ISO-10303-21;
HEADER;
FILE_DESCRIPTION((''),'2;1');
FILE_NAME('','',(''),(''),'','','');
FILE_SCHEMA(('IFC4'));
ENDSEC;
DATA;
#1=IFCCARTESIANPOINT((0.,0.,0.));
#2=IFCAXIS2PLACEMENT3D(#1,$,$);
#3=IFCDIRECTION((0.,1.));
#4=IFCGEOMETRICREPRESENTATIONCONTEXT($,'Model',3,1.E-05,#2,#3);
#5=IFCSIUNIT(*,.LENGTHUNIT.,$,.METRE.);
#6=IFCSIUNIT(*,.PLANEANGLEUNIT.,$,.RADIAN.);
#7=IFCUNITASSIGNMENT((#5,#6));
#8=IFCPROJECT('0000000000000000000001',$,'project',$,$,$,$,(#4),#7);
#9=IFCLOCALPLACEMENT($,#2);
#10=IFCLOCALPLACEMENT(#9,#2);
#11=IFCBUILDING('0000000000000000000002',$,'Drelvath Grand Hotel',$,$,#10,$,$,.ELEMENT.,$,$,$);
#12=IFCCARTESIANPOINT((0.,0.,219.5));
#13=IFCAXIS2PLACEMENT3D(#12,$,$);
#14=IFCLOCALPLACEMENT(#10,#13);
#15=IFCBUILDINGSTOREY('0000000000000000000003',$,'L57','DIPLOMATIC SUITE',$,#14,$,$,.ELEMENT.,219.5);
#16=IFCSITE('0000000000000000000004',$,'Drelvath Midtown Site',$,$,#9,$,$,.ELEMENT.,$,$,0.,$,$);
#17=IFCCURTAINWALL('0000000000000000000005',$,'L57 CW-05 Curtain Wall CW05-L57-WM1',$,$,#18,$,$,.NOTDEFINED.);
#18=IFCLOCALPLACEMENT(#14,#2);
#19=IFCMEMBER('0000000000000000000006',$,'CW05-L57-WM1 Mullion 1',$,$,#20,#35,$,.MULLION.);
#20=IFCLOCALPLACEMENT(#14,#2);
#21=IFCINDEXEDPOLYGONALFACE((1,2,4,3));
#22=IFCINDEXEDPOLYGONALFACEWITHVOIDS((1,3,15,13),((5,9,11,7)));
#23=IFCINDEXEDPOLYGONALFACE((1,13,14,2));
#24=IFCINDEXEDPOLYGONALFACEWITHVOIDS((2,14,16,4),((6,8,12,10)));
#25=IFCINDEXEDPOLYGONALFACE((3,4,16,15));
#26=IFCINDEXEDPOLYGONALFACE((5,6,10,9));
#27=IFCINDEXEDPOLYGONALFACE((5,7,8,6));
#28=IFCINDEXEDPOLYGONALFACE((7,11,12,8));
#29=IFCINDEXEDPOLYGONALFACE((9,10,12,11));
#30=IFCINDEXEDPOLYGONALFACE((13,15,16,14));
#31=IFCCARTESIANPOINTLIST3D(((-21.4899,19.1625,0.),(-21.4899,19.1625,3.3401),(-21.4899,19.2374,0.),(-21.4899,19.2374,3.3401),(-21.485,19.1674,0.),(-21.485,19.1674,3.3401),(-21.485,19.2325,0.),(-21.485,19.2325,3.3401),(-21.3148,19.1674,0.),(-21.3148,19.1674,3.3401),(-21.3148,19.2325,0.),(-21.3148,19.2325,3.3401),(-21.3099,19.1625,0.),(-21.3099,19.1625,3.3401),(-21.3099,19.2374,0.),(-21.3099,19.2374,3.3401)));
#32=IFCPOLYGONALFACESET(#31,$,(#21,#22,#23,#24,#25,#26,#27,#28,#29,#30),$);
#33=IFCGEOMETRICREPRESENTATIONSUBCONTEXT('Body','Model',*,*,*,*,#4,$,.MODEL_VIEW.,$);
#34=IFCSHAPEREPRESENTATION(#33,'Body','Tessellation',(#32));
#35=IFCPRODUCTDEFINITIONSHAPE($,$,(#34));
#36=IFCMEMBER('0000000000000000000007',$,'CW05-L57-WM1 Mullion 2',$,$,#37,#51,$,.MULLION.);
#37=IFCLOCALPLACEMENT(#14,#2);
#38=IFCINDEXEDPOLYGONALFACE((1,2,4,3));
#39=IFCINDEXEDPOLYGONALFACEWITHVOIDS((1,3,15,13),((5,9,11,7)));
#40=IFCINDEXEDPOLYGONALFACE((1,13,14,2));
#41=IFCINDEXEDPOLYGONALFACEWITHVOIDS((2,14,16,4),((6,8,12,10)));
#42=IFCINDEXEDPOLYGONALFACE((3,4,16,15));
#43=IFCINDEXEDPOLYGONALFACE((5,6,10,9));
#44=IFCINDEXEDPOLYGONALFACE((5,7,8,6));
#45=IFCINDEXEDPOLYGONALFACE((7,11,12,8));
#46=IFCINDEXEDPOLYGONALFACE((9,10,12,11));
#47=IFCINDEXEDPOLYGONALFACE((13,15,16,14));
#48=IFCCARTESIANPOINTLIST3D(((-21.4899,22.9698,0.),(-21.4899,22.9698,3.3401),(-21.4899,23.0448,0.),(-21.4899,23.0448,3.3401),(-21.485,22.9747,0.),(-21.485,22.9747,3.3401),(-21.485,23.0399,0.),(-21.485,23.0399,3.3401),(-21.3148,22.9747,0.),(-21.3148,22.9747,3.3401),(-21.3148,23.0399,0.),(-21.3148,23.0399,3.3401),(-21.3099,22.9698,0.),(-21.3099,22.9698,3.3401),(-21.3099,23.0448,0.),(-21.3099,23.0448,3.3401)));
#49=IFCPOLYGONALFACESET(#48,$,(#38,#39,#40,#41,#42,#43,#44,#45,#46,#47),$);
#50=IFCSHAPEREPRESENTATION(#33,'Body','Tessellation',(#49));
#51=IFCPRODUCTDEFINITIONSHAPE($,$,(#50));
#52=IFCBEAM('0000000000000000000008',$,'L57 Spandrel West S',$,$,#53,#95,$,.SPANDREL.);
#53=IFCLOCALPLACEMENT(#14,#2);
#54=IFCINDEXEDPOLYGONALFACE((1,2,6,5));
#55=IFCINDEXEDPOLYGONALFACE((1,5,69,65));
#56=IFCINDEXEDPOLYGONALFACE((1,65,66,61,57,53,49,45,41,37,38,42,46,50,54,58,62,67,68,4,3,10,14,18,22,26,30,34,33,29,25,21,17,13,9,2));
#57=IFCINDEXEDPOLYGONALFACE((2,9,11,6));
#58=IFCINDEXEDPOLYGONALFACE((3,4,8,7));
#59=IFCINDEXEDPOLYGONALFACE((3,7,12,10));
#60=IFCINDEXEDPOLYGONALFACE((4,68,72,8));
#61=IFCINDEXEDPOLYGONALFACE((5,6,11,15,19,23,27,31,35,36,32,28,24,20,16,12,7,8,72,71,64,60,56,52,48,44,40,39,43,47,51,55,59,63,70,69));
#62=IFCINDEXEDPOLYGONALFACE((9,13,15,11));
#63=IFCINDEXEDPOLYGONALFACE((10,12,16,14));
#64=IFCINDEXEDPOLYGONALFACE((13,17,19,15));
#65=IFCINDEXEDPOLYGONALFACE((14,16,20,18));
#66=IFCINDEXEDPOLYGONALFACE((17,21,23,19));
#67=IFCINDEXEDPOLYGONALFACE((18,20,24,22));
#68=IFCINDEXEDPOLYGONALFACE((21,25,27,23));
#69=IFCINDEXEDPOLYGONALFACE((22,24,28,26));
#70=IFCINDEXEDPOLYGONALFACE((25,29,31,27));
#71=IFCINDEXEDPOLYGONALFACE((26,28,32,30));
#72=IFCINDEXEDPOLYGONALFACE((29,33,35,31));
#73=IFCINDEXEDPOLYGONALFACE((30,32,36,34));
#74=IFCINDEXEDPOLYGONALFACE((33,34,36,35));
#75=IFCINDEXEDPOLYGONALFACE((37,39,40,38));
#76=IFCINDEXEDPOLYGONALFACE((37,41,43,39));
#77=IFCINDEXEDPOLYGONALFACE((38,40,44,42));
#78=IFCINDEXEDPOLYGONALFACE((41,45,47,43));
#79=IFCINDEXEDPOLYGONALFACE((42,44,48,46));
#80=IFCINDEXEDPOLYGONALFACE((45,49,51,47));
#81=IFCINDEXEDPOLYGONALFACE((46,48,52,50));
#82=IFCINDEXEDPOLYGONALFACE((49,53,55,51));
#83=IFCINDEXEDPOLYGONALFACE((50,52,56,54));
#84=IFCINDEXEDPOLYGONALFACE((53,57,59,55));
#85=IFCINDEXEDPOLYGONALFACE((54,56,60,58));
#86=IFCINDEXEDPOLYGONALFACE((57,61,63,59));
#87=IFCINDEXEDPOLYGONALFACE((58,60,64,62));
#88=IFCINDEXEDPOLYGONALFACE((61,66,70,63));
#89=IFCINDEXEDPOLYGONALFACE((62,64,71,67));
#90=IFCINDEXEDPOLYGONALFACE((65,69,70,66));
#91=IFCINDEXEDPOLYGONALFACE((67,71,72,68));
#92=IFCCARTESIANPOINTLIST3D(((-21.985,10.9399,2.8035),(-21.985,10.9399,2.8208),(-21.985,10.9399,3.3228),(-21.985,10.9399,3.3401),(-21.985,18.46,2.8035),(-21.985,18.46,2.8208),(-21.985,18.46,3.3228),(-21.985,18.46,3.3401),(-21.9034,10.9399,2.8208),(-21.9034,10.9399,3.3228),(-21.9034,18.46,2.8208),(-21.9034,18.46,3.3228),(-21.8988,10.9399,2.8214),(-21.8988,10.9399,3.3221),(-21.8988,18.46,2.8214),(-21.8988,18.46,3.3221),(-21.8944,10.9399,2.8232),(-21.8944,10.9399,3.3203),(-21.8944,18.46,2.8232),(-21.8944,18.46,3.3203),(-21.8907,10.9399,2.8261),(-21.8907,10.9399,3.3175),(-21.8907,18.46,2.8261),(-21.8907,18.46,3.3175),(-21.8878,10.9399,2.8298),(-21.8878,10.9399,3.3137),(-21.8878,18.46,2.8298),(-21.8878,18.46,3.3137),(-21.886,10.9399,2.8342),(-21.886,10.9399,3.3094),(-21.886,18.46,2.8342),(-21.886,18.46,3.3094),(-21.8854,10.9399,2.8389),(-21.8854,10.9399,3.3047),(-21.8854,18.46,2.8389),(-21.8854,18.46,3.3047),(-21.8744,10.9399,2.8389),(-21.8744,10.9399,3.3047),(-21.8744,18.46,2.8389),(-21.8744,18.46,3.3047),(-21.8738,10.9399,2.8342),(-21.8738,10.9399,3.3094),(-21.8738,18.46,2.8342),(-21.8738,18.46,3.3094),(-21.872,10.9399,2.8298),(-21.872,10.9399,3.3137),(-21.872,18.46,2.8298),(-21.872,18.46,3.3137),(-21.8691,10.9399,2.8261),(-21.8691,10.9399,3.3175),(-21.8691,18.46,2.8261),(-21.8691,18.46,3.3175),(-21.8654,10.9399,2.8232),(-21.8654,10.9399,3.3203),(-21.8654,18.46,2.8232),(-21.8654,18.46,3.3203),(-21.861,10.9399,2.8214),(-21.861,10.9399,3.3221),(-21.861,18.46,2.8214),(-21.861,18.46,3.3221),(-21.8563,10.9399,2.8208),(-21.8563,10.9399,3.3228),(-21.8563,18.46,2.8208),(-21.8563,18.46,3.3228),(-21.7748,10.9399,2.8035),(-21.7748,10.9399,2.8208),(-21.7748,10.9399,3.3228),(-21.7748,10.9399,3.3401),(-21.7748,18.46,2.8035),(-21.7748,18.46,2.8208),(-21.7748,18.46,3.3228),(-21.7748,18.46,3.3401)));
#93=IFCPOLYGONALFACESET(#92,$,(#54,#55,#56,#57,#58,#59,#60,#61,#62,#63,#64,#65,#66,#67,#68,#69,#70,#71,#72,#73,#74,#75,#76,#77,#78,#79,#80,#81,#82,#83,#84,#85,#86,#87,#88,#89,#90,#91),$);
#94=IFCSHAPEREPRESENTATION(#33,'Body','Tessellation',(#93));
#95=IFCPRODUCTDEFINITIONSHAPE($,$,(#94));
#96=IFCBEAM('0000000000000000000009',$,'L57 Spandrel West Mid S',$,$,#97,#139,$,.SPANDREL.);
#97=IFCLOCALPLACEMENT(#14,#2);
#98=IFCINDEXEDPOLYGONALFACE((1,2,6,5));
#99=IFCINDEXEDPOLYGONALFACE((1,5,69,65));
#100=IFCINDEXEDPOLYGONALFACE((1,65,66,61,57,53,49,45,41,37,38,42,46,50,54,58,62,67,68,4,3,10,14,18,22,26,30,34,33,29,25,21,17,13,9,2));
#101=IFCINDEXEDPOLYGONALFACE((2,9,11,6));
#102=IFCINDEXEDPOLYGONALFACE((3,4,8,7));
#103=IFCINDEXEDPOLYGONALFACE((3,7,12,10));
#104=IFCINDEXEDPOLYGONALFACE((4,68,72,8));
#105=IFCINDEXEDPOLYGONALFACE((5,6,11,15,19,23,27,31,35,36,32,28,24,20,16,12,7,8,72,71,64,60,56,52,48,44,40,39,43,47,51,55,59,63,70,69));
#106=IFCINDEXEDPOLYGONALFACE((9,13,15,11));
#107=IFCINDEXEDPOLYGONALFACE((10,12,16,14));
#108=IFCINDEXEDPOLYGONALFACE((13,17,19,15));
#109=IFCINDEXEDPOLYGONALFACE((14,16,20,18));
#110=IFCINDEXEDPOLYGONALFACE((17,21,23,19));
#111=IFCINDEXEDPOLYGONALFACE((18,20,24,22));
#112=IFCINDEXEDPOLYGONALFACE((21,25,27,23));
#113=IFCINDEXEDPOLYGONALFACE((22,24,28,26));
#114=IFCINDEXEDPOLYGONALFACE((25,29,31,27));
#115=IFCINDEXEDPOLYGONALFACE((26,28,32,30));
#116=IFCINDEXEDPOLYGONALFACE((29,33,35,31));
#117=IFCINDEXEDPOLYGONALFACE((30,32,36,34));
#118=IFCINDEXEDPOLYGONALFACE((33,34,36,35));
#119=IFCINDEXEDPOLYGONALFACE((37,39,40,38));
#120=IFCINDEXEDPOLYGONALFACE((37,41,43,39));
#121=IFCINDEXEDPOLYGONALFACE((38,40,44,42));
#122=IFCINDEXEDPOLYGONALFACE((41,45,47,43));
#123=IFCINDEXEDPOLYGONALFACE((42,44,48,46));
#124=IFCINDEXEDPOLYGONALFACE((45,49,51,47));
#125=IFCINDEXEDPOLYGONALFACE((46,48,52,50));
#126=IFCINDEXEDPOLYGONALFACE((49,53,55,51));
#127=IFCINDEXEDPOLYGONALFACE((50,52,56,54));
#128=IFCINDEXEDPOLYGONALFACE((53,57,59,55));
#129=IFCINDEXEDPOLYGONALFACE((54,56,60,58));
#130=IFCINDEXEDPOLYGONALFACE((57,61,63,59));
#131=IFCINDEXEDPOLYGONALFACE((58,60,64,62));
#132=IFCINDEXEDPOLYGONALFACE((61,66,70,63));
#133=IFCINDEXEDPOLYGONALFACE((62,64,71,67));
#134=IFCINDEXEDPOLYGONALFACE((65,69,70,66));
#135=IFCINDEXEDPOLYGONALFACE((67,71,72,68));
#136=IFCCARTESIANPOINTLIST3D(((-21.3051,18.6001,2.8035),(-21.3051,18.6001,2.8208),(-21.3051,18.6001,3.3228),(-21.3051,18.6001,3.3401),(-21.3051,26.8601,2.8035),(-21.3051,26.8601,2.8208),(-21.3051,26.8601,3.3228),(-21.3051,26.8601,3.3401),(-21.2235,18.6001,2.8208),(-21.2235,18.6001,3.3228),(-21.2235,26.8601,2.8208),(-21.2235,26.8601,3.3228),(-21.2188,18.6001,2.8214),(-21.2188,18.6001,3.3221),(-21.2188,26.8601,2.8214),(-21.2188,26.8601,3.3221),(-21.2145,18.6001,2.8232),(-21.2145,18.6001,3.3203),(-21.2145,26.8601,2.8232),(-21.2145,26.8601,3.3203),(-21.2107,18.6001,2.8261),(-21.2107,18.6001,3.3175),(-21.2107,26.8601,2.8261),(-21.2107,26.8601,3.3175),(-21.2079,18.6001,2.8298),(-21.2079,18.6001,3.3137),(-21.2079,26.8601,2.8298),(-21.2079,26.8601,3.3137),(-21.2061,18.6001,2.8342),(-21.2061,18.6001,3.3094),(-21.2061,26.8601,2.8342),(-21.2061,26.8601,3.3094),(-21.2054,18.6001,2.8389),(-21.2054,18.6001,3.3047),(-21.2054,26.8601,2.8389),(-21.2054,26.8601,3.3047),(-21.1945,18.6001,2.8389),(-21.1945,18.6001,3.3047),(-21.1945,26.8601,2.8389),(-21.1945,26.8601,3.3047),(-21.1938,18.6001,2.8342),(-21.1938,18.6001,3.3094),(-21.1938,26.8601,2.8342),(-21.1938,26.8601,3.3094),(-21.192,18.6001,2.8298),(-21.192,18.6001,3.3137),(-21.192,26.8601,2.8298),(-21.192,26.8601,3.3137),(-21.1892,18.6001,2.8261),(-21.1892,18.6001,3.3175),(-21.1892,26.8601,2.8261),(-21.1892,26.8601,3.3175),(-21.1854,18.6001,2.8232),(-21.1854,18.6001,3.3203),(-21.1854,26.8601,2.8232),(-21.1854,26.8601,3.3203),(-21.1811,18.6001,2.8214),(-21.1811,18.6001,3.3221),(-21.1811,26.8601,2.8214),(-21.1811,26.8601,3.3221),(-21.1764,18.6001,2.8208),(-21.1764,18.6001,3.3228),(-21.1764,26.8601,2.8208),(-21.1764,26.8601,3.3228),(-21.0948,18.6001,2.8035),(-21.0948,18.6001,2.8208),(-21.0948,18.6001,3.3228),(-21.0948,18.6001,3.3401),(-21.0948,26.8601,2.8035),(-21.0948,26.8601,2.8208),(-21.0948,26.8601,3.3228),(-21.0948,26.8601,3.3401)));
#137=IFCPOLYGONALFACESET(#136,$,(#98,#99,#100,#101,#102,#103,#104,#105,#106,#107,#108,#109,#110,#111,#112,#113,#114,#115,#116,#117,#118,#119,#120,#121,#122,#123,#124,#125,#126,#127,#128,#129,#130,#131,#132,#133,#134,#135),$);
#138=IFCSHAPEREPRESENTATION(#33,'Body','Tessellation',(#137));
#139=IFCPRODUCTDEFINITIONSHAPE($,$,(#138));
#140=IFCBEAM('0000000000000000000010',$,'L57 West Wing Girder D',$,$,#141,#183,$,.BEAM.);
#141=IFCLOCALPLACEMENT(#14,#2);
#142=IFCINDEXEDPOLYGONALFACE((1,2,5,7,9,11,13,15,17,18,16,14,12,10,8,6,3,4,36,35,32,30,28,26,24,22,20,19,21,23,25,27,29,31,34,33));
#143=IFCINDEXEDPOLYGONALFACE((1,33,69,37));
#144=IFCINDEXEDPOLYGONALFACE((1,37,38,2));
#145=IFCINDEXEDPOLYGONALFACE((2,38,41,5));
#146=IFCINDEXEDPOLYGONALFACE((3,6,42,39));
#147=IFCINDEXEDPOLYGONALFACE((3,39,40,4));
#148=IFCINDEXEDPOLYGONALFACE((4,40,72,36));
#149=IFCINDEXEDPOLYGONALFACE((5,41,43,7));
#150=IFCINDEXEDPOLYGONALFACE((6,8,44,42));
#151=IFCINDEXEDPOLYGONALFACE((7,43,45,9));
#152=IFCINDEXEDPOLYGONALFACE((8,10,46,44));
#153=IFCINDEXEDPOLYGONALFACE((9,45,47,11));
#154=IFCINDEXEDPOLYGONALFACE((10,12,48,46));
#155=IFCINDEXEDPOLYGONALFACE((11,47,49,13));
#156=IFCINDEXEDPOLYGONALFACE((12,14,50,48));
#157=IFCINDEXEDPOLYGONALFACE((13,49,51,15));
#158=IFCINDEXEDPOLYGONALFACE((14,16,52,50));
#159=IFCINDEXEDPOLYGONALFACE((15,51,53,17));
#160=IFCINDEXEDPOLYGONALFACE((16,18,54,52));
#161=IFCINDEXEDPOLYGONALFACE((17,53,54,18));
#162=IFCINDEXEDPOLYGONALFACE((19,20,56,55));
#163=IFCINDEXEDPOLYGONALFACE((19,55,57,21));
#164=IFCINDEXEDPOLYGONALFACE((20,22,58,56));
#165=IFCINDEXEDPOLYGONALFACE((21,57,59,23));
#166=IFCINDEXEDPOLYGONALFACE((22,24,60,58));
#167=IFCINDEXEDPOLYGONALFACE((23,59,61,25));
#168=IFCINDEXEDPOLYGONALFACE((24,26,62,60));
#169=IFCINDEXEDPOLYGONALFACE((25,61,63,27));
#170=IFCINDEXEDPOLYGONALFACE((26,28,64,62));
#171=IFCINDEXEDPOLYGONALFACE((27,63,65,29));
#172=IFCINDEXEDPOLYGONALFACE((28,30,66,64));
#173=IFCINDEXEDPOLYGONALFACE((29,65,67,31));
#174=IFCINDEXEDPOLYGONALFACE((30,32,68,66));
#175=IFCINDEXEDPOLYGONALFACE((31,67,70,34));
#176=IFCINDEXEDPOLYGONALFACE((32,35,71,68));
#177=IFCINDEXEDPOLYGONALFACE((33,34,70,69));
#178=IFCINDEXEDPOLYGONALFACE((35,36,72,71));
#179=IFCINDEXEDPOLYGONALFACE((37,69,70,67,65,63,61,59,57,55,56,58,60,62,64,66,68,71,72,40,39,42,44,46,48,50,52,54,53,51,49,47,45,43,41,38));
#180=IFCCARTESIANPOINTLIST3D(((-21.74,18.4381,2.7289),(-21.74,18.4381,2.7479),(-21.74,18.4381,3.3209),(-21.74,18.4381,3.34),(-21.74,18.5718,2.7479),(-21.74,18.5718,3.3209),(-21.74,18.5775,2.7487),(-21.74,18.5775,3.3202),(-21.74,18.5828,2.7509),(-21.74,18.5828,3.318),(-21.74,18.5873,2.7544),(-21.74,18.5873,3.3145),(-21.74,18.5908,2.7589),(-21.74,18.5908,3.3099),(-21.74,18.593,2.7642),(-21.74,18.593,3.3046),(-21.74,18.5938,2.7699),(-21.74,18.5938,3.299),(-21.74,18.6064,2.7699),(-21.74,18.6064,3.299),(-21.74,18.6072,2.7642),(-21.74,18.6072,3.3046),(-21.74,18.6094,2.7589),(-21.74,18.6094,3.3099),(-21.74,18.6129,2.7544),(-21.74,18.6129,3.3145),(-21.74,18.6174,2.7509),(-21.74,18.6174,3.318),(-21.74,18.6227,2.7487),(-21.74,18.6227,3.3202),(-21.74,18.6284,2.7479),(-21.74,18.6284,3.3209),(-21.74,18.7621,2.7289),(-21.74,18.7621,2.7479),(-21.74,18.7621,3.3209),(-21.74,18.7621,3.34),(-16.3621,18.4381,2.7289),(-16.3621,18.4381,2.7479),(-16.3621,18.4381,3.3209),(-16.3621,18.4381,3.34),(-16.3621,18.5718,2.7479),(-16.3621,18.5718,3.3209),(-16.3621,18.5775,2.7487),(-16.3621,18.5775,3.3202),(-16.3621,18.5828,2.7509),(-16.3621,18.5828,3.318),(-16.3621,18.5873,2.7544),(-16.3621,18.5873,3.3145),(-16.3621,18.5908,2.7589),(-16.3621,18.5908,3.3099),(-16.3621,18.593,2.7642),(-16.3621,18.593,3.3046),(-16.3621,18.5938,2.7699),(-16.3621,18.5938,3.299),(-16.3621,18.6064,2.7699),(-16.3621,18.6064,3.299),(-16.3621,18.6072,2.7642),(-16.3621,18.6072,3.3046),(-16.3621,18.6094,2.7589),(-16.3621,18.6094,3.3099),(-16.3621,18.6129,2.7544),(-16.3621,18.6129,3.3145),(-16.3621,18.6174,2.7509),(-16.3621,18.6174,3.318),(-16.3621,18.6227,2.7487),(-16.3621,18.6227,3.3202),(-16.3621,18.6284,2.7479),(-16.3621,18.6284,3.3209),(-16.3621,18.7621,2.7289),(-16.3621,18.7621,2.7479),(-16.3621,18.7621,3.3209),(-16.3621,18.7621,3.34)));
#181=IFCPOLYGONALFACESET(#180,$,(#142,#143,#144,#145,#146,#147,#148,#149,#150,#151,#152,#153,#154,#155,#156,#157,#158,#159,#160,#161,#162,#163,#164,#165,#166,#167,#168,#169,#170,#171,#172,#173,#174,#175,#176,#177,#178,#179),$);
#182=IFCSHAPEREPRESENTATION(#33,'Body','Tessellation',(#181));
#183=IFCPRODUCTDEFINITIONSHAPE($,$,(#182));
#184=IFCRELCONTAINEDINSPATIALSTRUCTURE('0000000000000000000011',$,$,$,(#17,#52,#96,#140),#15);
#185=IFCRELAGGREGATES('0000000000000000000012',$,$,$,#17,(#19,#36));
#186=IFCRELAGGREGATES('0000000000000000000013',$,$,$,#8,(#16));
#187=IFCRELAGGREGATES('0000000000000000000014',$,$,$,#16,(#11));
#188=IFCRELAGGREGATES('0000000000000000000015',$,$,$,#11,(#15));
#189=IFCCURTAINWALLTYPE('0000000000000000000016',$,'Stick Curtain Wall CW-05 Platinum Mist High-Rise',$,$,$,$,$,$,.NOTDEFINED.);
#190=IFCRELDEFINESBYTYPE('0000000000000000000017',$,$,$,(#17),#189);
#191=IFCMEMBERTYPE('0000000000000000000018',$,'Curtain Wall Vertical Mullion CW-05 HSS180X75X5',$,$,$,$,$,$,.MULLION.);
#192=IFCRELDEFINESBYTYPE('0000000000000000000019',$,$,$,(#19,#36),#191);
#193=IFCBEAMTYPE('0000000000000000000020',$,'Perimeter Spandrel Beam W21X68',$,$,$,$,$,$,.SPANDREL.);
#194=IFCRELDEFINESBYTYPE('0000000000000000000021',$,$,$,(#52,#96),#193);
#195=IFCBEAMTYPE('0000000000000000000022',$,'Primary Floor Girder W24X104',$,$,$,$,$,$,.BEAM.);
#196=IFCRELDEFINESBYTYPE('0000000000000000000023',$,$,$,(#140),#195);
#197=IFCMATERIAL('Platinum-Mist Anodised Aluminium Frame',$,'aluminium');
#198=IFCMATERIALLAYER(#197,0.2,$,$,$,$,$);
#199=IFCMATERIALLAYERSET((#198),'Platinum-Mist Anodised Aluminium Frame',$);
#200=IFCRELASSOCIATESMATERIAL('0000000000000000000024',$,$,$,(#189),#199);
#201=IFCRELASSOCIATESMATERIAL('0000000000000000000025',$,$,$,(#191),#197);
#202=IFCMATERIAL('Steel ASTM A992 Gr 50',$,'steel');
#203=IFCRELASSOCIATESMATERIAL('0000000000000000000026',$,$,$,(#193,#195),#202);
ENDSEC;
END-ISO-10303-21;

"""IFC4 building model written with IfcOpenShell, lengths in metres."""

from ifc_helpers import new_model, si_unit, direction, frame, origin, origin_2d, place, context, subcontext, project, spatial, hollow_rectangle, i_section, extrude, material, layer, layer_set, material_profile, profile_set, type_object, element, aggregate, save


model = new_model("IFC4")

# Units and contexts
model_context = context("Model", 3, precision=1e-05, world=origin(), true_north=direction((0.0, 1.0)))
body_context = subcontext(model_context, "Body", "Model", "MODEL_VIEW")
ifc_project = project(units=[si_unit("LENGTHUNIT", "METRE"), si_unit("PLANEANGLEUNIT", "RADIAN")], contexts=[model_context])

# Site, building, storey
site_placement = place(None, origin())
site = spatial("IfcSite", under=ifc_project, at=site_placement, Name="Drelvath Midtown Site", CompositionType="ELEMENT", RefElevation=0.0)
building_placement = place(site_placement, origin())
building = spatial("IfcBuilding", under=site, at=building_placement, Name="Drelvath Grand Hotel", CompositionType="ELEMENT")
storey_placement = place(building_placement, frame((0.0, 0.0, 219.5)))
storey = spatial("IfcBuildingStorey", under=building, at=storey_placement, Name="L57", Description="DIPLOMATIC SUITE", CompositionType="ELEMENT", Elevation=219.5)

# Shared definitions
ifc_material_1 = material(Name="Steel ASTM A992 Gr 50", Category="steel")

# Curtain wall
ifc_material_2 = material(Name="Platinum-Mist Anodised Aluminium Frame", Category="aluminium")
ifc_layer_1 = layer(ifc_material_2, 0.2)
ifc_layer_set_1 = layer_set([ifc_layer_1], Name="Platinum-Mist Anodised Aluminium Frame")
curtain_wall_type = type_object("IfcCurtainWallType", Name="Stick Curtain Wall CW-05 Platinum Mist High-Rise", PredefinedType="NOTDEFINED", material=ifc_layer_set_1)
curtain_wall_1_placement = place(storey_placement, origin())
curtain_wall_1 = element("IfcCurtainWall", 1, at=curtain_wall_1_placement, inside=storey, type_object=curtain_wall_type, Name="L57 CW-05 Curtain Wall CW05-L57-WM1", PredefinedType="NOTDEFINED")

# Members
ifc_material_profile_1 = material_profile(ifc_material_2, hollow_rectangle(XDim=0.075, YDim=0.1799, WallThickness=0.0049, at=origin_2d()), Name="HSS180X75X5")
ifc_profile_set_1 = profile_set([ifc_material_profile_1], Name="Platinum-Mist Anodised Aluminium Frame")
member_type_1 = type_object("IfcMemberType", Name="Curtain Wall Vertical Mullion CW-05 HSS180X75X5", PredefinedType="MULLION", material=ifc_profile_set_1)
member_1_placement = place(storey_placement, frame((-21.3999, 19.2, 0.0), z_axis=(0.0, 0.0, 1.0), x_axis=(0.0, 1.0, 0.0)))
member_1 = element("IfcMember", 2, at=member_1_placement, type_object=member_type_1, Name="CW05-L57-WM1 Mullion 1", PredefinedType="MULLION", context=body_context, shape_type="SweptSolid", body=[
    extrude(hollow_rectangle(XDim=0.075, YDim=0.1799, WallThickness=0.0049, at=origin_2d()), origin(), (0.0, 0.0, 1.0), 3.3401),
])
member_2_placement = place(storey_placement, frame((-21.3999, 23.0073, 0.0), z_axis=(0.0, 0.0, 1.0), x_axis=(0.0, 1.0, 0.0)))
member_2 = element("IfcMember", 3, at=member_2_placement, type_object=member_type_1, Name="CW05-L57-WM1 Mullion 2", PredefinedType="MULLION", context=body_context, shape_type="SweptSolid", body=[
    extrude(hollow_rectangle(XDim=0.075, YDim=0.1799, WallThickness=0.0049, at=origin_2d()), origin(), (0.0, 0.0, 1.0), 3.3401),
])

# Beams
ifc_material_profile_2 = material_profile(ifc_material_1, i_section(OverallWidth=0.2102, OverallDepth=0.5366, WebThickness=0.011, FlangeThickness=0.0173, FilletRadius=0.0181, at=origin_2d()), Name="W21X68")
ifc_profile_set_2 = profile_set([ifc_material_profile_2], Name="Steel ASTM A992 Gr 50")
beam_type_1 = type_object("IfcBeamType", Name="Perimeter Spandrel Beam W21X68", PredefinedType="SPANDREL", material=ifc_profile_set_2)
beam_1_placement = place(storey_placement, frame((-21.8799, 10.9399, 3.0718), z_axis=(0.0, 1.0, 0.0), x_axis=(-1.0, 0.0, 0.0)))
element("IfcBeam", 4, at=beam_1_placement, inside=storey, type_object=beam_type_1, Name="L57 Spandrel West S", PredefinedType="SPANDREL", context=body_context, shape_type="SweptSolid", body=[
    extrude(i_section(OverallWidth=0.2102, OverallDepth=0.5366, WebThickness=0.011, FlangeThickness=0.0173, FilletRadius=0.0181, at=origin_2d()), origin(), (0.0, 0.0, 1.0), 7.52),
])
beam_2_placement = place(storey_placement, frame((-21.2, 18.6001, 3.0718), z_axis=(0.0, 1.0, 0.0), x_axis=(-1.0, 0.0, 0.0)))
element("IfcBeam", 5, at=beam_2_placement, inside=storey, type_object=beam_type_1, Name="L57 Spandrel West Mid S", PredefinedType="SPANDREL", context=body_context, shape_type="SweptSolid", body=[
    extrude(i_section(OverallWidth=0.2102, OverallDepth=0.5366, WebThickness=0.011, FlangeThickness=0.0173, FilletRadius=0.0181, at=origin_2d()), origin(), (0.0, 0.0, 1.0), 8.26),
])
ifc_material_profile_3 = material_profile(ifc_material_1, i_section(OverallWidth=0.324, OverallDepth=0.6111, WebThickness=0.0127, FlangeThickness=0.019, FilletRadius=0.022, at=origin_2d()), Name="W24X104")
ifc_profile_set_3 = profile_set([ifc_material_profile_3], Name="Steel ASTM A992 Gr 50")
beam_type_2 = type_object("IfcBeamType", Name="Primary Floor Girder W24X104", PredefinedType="BEAM", material=ifc_profile_set_3)
beam_3_placement = place(storey_placement, frame((-21.74, 18.6001, 3.0344), z_axis=(1.0, 0.0, 0.0), x_axis=(0.0, 1.0, 0.0)))
element("IfcBeam", 6, at=beam_3_placement, inside=storey, type_object=beam_type_2, Name="L57 West Wing Girder D", PredefinedType="BEAM", context=body_context, shape_type="SweptSolid", body=[
    extrude(i_section(OverallWidth=0.324, OverallDepth=0.6111, WebThickness=0.0127, FlangeThickness=0.019, FilletRadius=0.022, at=origin_2d()), origin(), (0.0, 0.0, 1.0), 5.3779),
])

aggregate(curtain_wall_1, [member_1, member_2])

save(model, "model.ifc")
